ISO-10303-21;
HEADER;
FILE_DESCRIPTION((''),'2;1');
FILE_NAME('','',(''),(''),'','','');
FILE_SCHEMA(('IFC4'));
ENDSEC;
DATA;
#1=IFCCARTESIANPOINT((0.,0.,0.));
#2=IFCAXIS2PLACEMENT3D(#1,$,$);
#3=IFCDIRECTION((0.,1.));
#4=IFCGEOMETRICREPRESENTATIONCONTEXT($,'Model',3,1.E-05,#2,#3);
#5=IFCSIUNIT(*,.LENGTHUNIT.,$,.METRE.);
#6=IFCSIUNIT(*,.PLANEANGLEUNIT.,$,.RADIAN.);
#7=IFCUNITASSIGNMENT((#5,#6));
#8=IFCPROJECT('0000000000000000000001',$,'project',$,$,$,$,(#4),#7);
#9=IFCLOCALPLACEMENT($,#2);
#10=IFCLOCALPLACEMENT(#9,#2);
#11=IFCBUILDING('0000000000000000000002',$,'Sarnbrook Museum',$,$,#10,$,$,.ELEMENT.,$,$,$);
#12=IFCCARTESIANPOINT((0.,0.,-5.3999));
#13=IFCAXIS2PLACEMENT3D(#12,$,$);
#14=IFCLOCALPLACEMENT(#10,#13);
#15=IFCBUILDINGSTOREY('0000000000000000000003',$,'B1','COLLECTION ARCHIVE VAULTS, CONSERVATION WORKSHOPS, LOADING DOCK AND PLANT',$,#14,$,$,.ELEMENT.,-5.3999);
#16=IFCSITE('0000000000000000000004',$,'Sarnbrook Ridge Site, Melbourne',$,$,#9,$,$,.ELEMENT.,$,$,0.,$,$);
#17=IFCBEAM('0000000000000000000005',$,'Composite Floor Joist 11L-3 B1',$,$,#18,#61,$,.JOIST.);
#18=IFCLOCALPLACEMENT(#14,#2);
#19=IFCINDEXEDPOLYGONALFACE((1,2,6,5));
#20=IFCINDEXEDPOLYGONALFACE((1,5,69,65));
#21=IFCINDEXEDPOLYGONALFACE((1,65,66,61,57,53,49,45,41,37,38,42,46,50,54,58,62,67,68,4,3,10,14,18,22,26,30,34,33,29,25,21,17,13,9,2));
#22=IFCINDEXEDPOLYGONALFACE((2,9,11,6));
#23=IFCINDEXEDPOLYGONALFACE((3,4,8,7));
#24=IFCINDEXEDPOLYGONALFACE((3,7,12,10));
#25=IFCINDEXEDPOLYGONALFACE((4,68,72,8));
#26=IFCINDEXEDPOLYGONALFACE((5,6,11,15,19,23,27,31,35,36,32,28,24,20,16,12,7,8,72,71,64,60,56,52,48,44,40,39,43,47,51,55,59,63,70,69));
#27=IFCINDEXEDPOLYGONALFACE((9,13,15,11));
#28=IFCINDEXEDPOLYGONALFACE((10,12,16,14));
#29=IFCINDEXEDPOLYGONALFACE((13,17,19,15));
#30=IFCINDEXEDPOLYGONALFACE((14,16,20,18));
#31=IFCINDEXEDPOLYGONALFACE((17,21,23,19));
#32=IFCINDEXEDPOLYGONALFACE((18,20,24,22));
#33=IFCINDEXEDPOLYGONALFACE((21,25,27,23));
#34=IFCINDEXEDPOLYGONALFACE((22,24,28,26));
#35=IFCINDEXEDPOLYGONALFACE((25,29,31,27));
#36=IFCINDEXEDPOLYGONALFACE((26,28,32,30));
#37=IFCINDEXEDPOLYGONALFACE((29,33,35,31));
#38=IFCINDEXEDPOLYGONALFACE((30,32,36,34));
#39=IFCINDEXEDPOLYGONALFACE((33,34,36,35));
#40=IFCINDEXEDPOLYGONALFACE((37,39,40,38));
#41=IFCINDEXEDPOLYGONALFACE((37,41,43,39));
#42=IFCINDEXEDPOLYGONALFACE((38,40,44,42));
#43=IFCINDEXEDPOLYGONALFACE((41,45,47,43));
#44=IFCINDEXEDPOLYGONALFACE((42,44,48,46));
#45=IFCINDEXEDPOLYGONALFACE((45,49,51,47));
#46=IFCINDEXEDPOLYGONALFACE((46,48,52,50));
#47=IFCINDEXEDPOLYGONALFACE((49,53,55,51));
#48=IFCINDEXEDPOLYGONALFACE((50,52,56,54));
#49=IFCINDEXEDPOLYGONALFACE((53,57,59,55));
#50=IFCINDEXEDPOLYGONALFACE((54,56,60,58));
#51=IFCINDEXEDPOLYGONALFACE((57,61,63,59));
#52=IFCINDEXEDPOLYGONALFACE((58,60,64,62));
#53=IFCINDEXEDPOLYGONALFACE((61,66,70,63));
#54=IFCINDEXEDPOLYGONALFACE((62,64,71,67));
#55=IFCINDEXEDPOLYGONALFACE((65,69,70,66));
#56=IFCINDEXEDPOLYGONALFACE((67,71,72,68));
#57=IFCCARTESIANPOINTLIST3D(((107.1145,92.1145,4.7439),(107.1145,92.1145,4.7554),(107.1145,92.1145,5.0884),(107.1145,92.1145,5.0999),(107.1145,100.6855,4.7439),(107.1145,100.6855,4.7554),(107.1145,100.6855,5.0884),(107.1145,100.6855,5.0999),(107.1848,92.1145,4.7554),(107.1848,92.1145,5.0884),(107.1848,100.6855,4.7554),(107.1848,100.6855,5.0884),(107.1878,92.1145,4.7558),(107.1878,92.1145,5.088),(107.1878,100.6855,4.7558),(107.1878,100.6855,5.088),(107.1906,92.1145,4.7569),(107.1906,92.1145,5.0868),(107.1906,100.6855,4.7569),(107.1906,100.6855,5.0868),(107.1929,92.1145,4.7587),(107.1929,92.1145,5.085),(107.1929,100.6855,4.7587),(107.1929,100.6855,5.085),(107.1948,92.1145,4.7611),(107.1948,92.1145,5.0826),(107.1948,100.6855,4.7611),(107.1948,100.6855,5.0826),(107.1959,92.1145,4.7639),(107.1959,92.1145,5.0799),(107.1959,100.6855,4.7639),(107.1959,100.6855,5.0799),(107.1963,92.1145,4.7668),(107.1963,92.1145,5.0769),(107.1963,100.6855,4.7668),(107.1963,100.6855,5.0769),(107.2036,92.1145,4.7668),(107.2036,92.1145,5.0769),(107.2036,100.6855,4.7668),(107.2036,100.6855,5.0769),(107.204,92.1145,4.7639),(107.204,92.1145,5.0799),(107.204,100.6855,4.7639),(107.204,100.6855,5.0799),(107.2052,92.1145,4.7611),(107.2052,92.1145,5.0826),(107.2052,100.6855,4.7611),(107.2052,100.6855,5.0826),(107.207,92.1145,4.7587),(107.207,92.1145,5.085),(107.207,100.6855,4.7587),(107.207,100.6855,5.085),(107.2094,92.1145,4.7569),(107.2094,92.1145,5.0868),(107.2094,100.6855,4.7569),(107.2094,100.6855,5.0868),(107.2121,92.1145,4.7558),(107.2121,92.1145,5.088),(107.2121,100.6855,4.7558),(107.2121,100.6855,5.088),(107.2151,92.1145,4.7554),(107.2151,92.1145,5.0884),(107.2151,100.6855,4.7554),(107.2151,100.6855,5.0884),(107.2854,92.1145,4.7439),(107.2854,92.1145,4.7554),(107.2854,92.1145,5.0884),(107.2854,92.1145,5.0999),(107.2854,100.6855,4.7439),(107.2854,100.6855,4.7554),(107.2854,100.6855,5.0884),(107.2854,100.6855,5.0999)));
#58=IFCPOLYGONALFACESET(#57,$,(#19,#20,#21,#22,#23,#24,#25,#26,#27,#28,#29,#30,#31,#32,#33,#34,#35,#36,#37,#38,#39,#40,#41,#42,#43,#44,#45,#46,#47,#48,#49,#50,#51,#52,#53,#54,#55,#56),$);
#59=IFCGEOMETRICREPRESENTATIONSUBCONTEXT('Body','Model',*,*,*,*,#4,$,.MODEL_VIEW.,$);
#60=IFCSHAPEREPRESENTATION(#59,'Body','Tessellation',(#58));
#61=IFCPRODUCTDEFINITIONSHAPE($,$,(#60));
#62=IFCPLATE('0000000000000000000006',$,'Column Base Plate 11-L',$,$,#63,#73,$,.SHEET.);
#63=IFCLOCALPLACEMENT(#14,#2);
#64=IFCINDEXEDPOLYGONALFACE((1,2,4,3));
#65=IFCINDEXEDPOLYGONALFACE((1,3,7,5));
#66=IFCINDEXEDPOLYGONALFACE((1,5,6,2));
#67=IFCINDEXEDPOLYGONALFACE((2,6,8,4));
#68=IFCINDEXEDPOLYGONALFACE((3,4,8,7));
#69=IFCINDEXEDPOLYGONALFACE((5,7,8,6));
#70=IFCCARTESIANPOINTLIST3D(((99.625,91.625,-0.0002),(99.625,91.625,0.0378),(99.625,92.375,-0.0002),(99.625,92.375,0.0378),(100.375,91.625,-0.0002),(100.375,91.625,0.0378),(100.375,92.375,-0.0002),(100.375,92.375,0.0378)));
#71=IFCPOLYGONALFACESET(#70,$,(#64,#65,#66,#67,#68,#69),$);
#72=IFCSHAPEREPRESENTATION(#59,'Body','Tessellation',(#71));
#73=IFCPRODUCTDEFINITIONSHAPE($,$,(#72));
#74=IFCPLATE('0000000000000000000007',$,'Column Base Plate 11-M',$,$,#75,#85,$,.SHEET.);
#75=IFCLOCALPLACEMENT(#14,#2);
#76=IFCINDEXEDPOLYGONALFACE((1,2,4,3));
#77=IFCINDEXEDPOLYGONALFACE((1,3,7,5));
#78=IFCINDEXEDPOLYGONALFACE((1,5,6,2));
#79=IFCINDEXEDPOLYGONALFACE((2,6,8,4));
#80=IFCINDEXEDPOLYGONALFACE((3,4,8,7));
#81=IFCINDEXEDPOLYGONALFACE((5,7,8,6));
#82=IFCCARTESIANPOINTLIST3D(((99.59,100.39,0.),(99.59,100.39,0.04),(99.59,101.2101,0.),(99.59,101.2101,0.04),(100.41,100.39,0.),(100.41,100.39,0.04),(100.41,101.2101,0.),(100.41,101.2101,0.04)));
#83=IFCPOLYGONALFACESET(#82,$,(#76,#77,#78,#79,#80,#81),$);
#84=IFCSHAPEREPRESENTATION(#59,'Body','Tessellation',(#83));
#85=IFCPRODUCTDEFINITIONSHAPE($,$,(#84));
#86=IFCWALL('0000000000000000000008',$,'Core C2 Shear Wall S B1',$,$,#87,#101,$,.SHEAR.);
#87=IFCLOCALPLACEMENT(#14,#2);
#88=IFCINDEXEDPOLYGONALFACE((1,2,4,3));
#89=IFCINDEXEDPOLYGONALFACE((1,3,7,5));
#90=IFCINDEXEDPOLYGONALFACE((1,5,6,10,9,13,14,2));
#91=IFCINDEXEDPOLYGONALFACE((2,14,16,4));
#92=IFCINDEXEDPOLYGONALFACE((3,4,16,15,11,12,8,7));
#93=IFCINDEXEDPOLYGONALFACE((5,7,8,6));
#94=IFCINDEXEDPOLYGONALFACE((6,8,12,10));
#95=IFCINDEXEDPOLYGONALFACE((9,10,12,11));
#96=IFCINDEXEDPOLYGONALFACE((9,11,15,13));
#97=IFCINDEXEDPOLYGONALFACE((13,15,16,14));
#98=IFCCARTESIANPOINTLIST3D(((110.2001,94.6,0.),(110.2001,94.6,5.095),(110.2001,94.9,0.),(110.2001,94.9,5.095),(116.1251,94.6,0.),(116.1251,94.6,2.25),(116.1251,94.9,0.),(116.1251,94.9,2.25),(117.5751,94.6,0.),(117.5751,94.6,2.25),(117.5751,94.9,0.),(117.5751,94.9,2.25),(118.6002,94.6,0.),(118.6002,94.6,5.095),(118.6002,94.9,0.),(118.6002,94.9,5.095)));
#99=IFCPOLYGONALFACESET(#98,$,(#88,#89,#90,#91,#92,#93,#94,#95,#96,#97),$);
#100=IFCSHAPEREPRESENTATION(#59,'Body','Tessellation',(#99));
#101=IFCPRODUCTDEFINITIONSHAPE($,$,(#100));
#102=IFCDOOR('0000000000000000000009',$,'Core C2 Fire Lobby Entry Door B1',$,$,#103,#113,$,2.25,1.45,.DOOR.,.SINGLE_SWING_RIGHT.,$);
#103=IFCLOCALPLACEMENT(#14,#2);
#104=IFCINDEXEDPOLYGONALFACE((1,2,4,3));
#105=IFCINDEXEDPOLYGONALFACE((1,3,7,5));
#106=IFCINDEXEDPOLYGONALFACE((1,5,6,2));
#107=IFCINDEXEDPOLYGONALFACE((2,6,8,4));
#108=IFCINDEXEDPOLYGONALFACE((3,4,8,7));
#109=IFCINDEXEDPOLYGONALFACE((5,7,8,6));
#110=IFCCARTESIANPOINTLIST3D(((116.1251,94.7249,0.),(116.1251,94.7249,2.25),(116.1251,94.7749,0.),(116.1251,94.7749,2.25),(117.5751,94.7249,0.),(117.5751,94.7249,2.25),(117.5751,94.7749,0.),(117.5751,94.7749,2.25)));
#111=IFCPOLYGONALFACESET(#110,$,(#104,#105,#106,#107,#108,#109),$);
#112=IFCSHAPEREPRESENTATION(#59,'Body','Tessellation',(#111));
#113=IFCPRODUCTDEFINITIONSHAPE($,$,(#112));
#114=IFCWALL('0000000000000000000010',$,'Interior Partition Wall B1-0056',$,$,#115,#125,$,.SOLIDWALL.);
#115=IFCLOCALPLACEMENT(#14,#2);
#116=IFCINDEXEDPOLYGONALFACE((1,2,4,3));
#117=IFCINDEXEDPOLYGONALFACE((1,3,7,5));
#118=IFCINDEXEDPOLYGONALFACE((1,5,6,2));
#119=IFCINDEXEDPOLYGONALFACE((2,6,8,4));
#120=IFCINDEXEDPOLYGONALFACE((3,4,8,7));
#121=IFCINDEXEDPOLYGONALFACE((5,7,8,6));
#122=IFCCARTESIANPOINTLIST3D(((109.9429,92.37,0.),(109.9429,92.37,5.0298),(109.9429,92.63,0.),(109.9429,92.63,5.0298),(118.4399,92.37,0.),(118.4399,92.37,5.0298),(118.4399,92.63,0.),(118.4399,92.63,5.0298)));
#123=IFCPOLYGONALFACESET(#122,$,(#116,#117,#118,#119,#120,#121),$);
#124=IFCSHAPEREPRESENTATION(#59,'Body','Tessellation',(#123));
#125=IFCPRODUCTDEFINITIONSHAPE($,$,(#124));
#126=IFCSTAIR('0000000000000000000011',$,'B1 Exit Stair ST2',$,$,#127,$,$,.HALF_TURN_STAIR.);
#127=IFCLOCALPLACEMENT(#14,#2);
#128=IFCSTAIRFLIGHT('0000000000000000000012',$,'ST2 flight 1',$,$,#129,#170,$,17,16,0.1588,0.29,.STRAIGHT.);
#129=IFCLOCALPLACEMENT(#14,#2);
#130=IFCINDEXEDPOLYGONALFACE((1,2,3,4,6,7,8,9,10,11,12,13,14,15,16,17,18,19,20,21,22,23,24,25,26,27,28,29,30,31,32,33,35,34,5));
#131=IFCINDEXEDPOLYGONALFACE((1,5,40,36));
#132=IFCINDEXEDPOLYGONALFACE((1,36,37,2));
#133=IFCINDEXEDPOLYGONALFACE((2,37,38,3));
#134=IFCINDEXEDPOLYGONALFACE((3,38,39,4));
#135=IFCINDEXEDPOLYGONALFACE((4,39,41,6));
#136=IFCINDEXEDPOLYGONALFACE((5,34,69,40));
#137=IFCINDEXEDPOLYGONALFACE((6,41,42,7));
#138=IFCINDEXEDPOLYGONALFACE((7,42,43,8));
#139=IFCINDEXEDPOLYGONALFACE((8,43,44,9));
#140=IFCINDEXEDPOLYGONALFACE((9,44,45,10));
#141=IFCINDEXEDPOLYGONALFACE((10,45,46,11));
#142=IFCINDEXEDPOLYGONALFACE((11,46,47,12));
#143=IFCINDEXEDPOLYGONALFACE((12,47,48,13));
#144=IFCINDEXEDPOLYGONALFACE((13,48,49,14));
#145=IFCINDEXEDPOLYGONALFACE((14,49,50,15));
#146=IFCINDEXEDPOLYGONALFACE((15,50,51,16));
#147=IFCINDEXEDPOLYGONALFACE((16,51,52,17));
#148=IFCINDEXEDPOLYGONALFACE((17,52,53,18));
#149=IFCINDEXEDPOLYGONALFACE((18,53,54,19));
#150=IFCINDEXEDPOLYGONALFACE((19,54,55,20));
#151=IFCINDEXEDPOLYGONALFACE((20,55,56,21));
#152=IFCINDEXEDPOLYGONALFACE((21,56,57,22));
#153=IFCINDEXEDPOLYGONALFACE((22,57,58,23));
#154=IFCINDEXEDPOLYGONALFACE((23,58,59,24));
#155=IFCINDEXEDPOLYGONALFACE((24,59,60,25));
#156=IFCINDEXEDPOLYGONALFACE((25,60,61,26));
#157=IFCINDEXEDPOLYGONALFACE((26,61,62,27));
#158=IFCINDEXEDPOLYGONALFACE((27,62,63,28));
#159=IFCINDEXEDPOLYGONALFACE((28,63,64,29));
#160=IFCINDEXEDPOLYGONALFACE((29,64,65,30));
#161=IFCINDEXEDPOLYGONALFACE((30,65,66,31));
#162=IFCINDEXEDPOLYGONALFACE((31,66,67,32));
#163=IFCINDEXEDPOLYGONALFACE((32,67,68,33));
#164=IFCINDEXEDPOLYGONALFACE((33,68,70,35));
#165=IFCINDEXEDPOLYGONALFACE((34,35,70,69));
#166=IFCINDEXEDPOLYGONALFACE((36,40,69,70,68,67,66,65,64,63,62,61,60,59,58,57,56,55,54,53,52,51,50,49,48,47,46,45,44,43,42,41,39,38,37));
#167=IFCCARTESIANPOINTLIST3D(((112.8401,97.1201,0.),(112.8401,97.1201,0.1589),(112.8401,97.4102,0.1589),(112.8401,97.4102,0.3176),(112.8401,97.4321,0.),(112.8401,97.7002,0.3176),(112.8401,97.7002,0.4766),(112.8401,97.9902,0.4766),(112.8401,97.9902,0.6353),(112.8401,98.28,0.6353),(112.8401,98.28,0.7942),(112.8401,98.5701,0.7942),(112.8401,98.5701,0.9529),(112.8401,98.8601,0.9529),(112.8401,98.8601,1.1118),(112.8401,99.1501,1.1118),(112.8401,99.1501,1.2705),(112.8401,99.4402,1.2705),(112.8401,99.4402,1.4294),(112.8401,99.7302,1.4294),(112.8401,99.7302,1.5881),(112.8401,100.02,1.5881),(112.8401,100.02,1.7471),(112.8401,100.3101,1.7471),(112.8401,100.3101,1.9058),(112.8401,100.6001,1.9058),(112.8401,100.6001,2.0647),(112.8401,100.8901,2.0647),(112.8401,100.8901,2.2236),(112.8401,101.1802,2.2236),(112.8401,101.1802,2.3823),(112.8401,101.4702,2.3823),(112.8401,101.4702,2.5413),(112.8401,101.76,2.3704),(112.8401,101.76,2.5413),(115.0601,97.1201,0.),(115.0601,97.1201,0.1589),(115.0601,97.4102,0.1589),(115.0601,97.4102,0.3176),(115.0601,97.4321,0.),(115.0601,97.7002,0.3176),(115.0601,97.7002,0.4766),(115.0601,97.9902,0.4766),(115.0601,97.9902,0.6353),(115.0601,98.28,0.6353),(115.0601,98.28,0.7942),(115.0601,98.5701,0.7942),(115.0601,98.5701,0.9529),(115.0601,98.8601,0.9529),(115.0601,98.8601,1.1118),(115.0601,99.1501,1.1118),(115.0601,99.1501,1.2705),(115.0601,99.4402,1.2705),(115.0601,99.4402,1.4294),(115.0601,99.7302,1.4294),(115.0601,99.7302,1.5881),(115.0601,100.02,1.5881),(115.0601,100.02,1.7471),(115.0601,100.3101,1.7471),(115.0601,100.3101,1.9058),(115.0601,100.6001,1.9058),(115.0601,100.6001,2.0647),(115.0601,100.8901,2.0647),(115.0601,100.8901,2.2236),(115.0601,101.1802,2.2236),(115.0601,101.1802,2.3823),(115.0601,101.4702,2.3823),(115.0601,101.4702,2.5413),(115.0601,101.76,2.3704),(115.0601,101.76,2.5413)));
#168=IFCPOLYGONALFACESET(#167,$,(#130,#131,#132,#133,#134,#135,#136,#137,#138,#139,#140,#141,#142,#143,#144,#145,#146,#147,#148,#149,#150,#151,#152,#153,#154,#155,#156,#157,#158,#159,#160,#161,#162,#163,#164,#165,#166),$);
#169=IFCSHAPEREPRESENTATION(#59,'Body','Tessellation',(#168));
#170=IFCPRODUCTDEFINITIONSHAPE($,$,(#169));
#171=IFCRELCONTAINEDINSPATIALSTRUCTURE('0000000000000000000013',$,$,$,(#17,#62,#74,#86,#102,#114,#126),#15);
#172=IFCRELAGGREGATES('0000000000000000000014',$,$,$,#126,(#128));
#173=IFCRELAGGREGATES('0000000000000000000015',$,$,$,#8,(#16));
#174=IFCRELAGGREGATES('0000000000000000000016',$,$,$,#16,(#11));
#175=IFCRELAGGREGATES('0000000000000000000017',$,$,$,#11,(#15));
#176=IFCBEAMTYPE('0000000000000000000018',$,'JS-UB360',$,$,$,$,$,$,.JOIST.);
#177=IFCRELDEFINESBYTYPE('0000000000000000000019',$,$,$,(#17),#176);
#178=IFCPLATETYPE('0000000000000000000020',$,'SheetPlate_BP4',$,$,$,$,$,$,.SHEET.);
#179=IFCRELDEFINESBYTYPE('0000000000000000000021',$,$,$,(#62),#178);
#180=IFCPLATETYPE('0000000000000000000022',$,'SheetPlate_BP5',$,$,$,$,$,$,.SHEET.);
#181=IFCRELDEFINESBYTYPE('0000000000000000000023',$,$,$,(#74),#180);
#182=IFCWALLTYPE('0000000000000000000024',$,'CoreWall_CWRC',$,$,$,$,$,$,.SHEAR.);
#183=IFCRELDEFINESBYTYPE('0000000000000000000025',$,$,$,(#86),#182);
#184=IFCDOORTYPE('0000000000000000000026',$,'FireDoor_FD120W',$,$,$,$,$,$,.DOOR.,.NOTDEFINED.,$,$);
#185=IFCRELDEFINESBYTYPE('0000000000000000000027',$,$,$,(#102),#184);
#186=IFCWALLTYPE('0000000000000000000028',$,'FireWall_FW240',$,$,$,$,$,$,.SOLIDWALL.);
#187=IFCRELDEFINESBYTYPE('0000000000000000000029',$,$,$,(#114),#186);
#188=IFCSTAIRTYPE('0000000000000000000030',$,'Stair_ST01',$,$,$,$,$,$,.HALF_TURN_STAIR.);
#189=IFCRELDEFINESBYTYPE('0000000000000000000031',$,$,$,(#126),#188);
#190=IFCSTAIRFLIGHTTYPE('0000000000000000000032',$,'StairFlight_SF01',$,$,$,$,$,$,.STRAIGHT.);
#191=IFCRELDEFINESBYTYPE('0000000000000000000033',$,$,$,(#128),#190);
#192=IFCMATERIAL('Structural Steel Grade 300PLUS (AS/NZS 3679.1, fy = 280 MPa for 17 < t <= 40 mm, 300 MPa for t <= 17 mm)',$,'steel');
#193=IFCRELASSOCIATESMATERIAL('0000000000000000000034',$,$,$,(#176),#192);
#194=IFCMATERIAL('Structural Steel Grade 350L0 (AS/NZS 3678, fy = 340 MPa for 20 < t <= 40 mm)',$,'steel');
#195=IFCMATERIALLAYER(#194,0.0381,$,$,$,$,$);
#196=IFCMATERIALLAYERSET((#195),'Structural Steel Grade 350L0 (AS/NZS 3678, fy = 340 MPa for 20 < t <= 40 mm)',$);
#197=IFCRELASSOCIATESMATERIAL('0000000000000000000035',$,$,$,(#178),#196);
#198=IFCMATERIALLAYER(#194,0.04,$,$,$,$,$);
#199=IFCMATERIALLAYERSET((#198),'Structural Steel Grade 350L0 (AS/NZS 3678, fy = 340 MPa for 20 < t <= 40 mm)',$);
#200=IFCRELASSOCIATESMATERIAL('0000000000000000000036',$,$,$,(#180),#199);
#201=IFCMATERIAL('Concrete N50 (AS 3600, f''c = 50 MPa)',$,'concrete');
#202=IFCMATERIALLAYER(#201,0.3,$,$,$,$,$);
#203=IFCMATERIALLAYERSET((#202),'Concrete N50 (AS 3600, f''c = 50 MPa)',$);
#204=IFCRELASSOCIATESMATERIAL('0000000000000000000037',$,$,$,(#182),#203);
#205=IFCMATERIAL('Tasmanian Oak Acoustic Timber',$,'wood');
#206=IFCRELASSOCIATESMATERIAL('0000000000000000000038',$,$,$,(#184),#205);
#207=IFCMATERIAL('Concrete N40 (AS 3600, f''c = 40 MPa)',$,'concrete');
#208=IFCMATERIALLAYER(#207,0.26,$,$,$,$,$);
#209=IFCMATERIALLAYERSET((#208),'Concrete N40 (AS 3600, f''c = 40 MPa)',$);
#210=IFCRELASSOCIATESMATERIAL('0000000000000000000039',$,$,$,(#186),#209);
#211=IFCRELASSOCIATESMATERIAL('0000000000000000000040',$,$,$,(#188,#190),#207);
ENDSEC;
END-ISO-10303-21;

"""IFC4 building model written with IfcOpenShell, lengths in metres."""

from ifc_helpers import new_model, si_unit, direction, frame, frame_2d, origin, origin_2d, place, context, subcontext, project, spatial, polyline, rectangle, i_section, outline, extrude, material, layer, layer_set, material_profile, profile_set, type_object, element, fill, aggregate, save


model = new_model("IFC4")

# Units and contexts
model_context = context("Model", 3, precision=1e-05, world=origin(), true_north=direction((0.0, 1.0)))
body_context = subcontext(model_context, "Body", "Model", "MODEL_VIEW")
ifc_project = project(units=[si_unit("LENGTHUNIT", "METRE"), si_unit("PLANEANGLEUNIT", "RADIAN")], contexts=[model_context])

# Site, building, storey
site_placement = place(None, origin())
site = spatial("IfcSite", under=ifc_project, at=site_placement, Name="Sarnbrook Ridge Site, Melbourne", CompositionType="ELEMENT", RefElevation=0.0)
building_placement = place(site_placement, origin())
building = spatial("IfcBuilding", under=site, at=building_placement, Name="Sarnbrook Museum", CompositionType="ELEMENT")
storey_placement = place(building_placement, frame((0.0, 0.0, -5.3999)))
storey = spatial("IfcBuildingStorey", under=building, at=storey_placement, Name="B1", Description="COLLECTION ARCHIVE VAULTS, CONSERVATION WORKSHOPS, LOADING DOCK AND PLANT", CompositionType="ELEMENT", Elevation=-5.3999)

# Shared definitions
ifc_material_1 = material(Name="Concrete N50 (AS 3600, f'c = 50 MPa)", Category="concrete")

# Shared definitions
ifc_material_2 = material(Name="Concrete N40 (AS 3600, f'c = 40 MPa)", Category="concrete")

# Shared definitions
ifc_material_3 = material(Name="Structural Steel Grade 350L0 (AS/NZS 3678, fy = 340 MPa for 20 < t <= 40 mm)", Category="steel")

# Beam
ifc_material_4 = material(Name="Structural Steel Grade 300PLUS (AS/NZS 3679.1, fy = 280 MPa for 17 < t <= 40 mm, 300 MPa for t <= 17 mm)", Category="steel")
ifc_material_profile_1 = material_profile(ifc_material_4, i_section(OverallWidth=0.1709, OverallDepth=0.356, WebThickness=0.0073, FlangeThickness=0.0115, FilletRadius=0.0115, at=origin_2d()), Name="360UB50.7")
ifc_profile_set_1 = profile_set([ifc_material_profile_1], Name="Structural Steel Grade 300PLUS (AS/NZS 3679.1, fy = 280 MPa for 17 < t <= 40 mm, 300 MPa for t <= 17 mm)")
beam_type_1 = type_object("IfcBeamType", Name="JS-UB360", PredefinedType="JOIST", material=ifc_profile_set_1)
for number, where, z_axis, x_axis, name in (
    (1, (107.2, 92.1145, 4.9219), (0.0, 1.0, 0.0), (-1.0, 0.0, 0.0), "Composite Floor Joist 11L-3 B1"),
):
    element("IfcBeam", number, at=place(storey_placement, frame(where, z_axis=z_axis, x_axis=x_axis)), inside=storey, type_object=beam_type_1, Name=name, PredefinedType="JOIST", context=body_context, shape_type="SweptSolid", body=[
        extrude(i_section(OverallWidth=0.1709, OverallDepth=0.356, WebThickness=0.0073, FlangeThickness=0.0115, FilletRadius=0.0115, at=origin_2d()), origin(), (0.0, 0.0, 1.0), 8.571),
    ])

# Plates
ifc_layer_1 = layer(ifc_material_3, 0.0381)
ifc_layer_set_1 = layer_set([ifc_layer_1], Name="Structural Steel Grade 350L0 (AS/NZS 3678, fy = 340 MPa for 20 < t <= 40 mm)")
plate_type_1 = type_object("IfcPlateType", Name="SheetPlate_BP4", PredefinedType="SHEET", material=ifc_layer_set_1)
plate_1_placement = place(storey_placement, frame((100.0, 92.0, -0.0002), z_axis=(0.0, 0.0, 1.0), x_axis=(1.0, 0.0, 0.0)))
element("IfcPlate", 2, at=plate_1_placement, inside=storey, type_object=plate_type_1, Name="Column Base Plate 11-L", PredefinedType="SHEET", context=body_context, shape_type="SweptSolid", body=[
    extrude(rectangle(XDim=0.75, YDim=0.75, at=origin_2d()), origin(), (0.0, 0.0, 1.0), 0.0381),
])
ifc_layer_2 = layer(ifc_material_3, 0.04)
ifc_layer_set_2 = layer_set([ifc_layer_2], Name="Structural Steel Grade 350L0 (AS/NZS 3678, fy = 340 MPa for 20 < t <= 40 mm)")
plate_type_2 = type_object("IfcPlateType", Name="SheetPlate_BP5", PredefinedType="SHEET", material=ifc_layer_set_2)
plate_2_placement = place(storey_placement, frame((100.0, 100.8, 0.0), z_axis=(0.0, 0.0, 1.0), x_axis=(1.0, 0.0, 0.0)))
element("IfcPlate", 3, at=plate_2_placement, inside=storey, type_object=plate_type_2, Name="Column Base Plate 11-M", PredefinedType="SHEET", context=body_context, shape_type="SweptSolid", body=[
    extrude(rectangle(XDim=0.8201, YDim=0.8201, at=origin_2d()), origin(), (0.0, 0.0, 1.0), 0.04),
])

# Wall, opening, door
ifc_layer_3 = layer(ifc_material_1, 0.3)
ifc_layer_set_3 = layer_set([ifc_layer_3], Name="Concrete N50 (AS 3600, f'c = 50 MPa)")
wall_type_1 = type_object("IfcWallType", Name="CoreWall_CWRC", PredefinedType="SHEAR", material=ifc_layer_set_3)
wall_1_placement = place(storey_placement, frame((110.2, 94.75, 0.0), z_axis=(0.0, 0.0, 1.0), x_axis=(1.0, 0.0, 0.0)))
wall_1 = element("IfcWall", 4, at=wall_1_placement, inside=storey, type_object=wall_type_1, Name="Core C2 Shear Wall S B1", PredefinedType="SHEAR", context=body_context, shape_type="SweptSolid", body=[
    extrude(rectangle(XDim=8.4001, YDim=0.3, at=frame_2d((4.2002, 0.0))), origin(), (0.0, 0.0, 1.0), 5.095),
])
opening_placement = place(wall_1_placement, frame((5.925, 0.0, 0.0)))
opening = element("IfcOpeningElement", 5, at=opening_placement, cuts=wall_1, PredefinedType="OPENING", context=body_context, shape_type="SweptSolid", body=[
    extrude(rectangle(XDim=1.45, YDim=2.25, at=frame_2d((0.7251, 1.125))), frame((0.0, 0.1602, 0.0), z_axis=(0.0, -1.0, 0.0), x_axis=(1.0, 0.0, 0.0)), (0.0, 0.0, 1.0), 0.3201),
])
ifc_material_5 = material(Name="Tasmanian Oak Acoustic Timber", Category="wood")
door_type = type_object("IfcDoorType", Name="FireDoor_FD120W", OperationType="NOTDEFINED", PredefinedType="DOOR", material=ifc_material_5)
door_placement = place(opening_placement, origin())
door = element("IfcDoor", 6, at=door_placement, inside=storey, type_object=door_type, Name="Core C2 Fire Lobby Entry Door B1", OperationType="SINGLE_SWING_RIGHT", OverallHeight=2.25, OverallWidth=1.45, PredefinedType="DOOR", context=body_context, shape_type="SweptSolid", body=[
    extrude(rectangle(XDim=1.45, YDim=2.25, at=frame_2d((0.7251, 1.125))), frame((0.0, 0.0249, 0.0), z_axis=(0.0, -1.0, 0.0), x_axis=(1.0, 0.0, 0.0)), (0.0, 0.0, 1.0), 0.05),
])
fill(opening, door)

# Wall
ifc_layer_4 = layer(ifc_material_2, 0.26)
ifc_layer_set_4 = layer_set([ifc_layer_4], Name="Concrete N40 (AS 3600, f'c = 40 MPa)")
wall_type_2 = type_object("IfcWallType", Name="FireWall_FW240", PredefinedType="SOLIDWALL", material=ifc_layer_set_4)
wall_2_placement = place(storey_placement, frame((109.9429, 92.5, 0.0), z_axis=(0.0, 0.0, 1.0), x_axis=(1.0, 0.0, 0.0)))
element("IfcWall", 7, at=wall_2_placement, inside=storey, type_object=wall_type_2, Name="Interior Partition Wall B1-0056", PredefinedType="SOLIDWALL", context=body_context, shape_type="SweptSolid", body=[
    extrude(rectangle(XDim=8.4971, YDim=0.26, at=frame_2d((4.2485, 0.0))), origin(), (0.0, 0.0, 1.0), 5.0298),
])

# Stair, stair flight
stair_type = type_object("IfcStairType", Name="Stair_ST01", PredefinedType="HALF_TURN_STAIR", material=ifc_material_2)
stair_placement = place(storey_placement, origin())
stair = element("IfcStair", 8, at=stair_placement, inside=storey, type_object=stair_type, Name="B1 Exit Stair ST2", PredefinedType="HALF_TURN_STAIR")
stair_flight_type = type_object("IfcStairFlightType", Name="StairFlight_SF01", PredefinedType="STRAIGHT", material=ifc_material_2)
stair_flight_placement = place(storey_placement, frame((113.95, 97.1201, 0.0), z_axis=(0.0, 0.0, 1.0), x_axis=(0.0, 1.0, 0.0)))
stair_flight = element("IfcStairFlight", 9, at=stair_flight_placement, type_object=stair_flight_type, Name="ST2 flight 1", NumberOfRisers=17, NumberOfTreads=16, PredefinedType="STRAIGHT", RiserHeight=0.1588, TreadLength=0.29, context=body_context, shape_type="SweptSolid", body=[
    extrude(outline(polyline([(0.0, 0.0), (0.0, 0.1589), (0.29, 0.1589), (0.29, 0.3176), (0.5801, 0.3176), (0.5801, 0.4766), (0.8701, 0.4766), (0.8701, 0.6353), (1.1599, 0.6353), (1.1599, 0.7942), (1.45, 0.7942), (1.45, 0.9529), (1.74, 0.9529), (1.74, 1.1118), (2.03, 1.1118), (2.03, 1.2705), (2.3201, 1.2705), (2.3201, 1.4294), (2.6101, 1.4294), (2.6101, 1.5881), (2.8999, 1.5881), (2.8999, 1.7471), (3.1899, 1.7471), (3.1899, 1.9058), (3.48, 1.9058), (3.48, 2.0647), (3.77, 2.0647), (3.77, 2.2236), (4.0601, 2.2236), (4.0601, 2.3823), (4.3501, 2.3823), (4.3501, 2.5413), (4.6399, 2.5413), (4.6399, 2.7), (4.6399, 2.3704), (0.312, 0.0), (0.0, 0.0)])), frame((0.0, 1.1099, 0.0), z_axis=(0.0, -1.0, 0.0), x_axis=(1.0, 0.0, 0.0)), (0.0, 0.0, 1.0), 2.22),
])
aggregate(stair, [stair_flight])

save(model, "model.ifc")
